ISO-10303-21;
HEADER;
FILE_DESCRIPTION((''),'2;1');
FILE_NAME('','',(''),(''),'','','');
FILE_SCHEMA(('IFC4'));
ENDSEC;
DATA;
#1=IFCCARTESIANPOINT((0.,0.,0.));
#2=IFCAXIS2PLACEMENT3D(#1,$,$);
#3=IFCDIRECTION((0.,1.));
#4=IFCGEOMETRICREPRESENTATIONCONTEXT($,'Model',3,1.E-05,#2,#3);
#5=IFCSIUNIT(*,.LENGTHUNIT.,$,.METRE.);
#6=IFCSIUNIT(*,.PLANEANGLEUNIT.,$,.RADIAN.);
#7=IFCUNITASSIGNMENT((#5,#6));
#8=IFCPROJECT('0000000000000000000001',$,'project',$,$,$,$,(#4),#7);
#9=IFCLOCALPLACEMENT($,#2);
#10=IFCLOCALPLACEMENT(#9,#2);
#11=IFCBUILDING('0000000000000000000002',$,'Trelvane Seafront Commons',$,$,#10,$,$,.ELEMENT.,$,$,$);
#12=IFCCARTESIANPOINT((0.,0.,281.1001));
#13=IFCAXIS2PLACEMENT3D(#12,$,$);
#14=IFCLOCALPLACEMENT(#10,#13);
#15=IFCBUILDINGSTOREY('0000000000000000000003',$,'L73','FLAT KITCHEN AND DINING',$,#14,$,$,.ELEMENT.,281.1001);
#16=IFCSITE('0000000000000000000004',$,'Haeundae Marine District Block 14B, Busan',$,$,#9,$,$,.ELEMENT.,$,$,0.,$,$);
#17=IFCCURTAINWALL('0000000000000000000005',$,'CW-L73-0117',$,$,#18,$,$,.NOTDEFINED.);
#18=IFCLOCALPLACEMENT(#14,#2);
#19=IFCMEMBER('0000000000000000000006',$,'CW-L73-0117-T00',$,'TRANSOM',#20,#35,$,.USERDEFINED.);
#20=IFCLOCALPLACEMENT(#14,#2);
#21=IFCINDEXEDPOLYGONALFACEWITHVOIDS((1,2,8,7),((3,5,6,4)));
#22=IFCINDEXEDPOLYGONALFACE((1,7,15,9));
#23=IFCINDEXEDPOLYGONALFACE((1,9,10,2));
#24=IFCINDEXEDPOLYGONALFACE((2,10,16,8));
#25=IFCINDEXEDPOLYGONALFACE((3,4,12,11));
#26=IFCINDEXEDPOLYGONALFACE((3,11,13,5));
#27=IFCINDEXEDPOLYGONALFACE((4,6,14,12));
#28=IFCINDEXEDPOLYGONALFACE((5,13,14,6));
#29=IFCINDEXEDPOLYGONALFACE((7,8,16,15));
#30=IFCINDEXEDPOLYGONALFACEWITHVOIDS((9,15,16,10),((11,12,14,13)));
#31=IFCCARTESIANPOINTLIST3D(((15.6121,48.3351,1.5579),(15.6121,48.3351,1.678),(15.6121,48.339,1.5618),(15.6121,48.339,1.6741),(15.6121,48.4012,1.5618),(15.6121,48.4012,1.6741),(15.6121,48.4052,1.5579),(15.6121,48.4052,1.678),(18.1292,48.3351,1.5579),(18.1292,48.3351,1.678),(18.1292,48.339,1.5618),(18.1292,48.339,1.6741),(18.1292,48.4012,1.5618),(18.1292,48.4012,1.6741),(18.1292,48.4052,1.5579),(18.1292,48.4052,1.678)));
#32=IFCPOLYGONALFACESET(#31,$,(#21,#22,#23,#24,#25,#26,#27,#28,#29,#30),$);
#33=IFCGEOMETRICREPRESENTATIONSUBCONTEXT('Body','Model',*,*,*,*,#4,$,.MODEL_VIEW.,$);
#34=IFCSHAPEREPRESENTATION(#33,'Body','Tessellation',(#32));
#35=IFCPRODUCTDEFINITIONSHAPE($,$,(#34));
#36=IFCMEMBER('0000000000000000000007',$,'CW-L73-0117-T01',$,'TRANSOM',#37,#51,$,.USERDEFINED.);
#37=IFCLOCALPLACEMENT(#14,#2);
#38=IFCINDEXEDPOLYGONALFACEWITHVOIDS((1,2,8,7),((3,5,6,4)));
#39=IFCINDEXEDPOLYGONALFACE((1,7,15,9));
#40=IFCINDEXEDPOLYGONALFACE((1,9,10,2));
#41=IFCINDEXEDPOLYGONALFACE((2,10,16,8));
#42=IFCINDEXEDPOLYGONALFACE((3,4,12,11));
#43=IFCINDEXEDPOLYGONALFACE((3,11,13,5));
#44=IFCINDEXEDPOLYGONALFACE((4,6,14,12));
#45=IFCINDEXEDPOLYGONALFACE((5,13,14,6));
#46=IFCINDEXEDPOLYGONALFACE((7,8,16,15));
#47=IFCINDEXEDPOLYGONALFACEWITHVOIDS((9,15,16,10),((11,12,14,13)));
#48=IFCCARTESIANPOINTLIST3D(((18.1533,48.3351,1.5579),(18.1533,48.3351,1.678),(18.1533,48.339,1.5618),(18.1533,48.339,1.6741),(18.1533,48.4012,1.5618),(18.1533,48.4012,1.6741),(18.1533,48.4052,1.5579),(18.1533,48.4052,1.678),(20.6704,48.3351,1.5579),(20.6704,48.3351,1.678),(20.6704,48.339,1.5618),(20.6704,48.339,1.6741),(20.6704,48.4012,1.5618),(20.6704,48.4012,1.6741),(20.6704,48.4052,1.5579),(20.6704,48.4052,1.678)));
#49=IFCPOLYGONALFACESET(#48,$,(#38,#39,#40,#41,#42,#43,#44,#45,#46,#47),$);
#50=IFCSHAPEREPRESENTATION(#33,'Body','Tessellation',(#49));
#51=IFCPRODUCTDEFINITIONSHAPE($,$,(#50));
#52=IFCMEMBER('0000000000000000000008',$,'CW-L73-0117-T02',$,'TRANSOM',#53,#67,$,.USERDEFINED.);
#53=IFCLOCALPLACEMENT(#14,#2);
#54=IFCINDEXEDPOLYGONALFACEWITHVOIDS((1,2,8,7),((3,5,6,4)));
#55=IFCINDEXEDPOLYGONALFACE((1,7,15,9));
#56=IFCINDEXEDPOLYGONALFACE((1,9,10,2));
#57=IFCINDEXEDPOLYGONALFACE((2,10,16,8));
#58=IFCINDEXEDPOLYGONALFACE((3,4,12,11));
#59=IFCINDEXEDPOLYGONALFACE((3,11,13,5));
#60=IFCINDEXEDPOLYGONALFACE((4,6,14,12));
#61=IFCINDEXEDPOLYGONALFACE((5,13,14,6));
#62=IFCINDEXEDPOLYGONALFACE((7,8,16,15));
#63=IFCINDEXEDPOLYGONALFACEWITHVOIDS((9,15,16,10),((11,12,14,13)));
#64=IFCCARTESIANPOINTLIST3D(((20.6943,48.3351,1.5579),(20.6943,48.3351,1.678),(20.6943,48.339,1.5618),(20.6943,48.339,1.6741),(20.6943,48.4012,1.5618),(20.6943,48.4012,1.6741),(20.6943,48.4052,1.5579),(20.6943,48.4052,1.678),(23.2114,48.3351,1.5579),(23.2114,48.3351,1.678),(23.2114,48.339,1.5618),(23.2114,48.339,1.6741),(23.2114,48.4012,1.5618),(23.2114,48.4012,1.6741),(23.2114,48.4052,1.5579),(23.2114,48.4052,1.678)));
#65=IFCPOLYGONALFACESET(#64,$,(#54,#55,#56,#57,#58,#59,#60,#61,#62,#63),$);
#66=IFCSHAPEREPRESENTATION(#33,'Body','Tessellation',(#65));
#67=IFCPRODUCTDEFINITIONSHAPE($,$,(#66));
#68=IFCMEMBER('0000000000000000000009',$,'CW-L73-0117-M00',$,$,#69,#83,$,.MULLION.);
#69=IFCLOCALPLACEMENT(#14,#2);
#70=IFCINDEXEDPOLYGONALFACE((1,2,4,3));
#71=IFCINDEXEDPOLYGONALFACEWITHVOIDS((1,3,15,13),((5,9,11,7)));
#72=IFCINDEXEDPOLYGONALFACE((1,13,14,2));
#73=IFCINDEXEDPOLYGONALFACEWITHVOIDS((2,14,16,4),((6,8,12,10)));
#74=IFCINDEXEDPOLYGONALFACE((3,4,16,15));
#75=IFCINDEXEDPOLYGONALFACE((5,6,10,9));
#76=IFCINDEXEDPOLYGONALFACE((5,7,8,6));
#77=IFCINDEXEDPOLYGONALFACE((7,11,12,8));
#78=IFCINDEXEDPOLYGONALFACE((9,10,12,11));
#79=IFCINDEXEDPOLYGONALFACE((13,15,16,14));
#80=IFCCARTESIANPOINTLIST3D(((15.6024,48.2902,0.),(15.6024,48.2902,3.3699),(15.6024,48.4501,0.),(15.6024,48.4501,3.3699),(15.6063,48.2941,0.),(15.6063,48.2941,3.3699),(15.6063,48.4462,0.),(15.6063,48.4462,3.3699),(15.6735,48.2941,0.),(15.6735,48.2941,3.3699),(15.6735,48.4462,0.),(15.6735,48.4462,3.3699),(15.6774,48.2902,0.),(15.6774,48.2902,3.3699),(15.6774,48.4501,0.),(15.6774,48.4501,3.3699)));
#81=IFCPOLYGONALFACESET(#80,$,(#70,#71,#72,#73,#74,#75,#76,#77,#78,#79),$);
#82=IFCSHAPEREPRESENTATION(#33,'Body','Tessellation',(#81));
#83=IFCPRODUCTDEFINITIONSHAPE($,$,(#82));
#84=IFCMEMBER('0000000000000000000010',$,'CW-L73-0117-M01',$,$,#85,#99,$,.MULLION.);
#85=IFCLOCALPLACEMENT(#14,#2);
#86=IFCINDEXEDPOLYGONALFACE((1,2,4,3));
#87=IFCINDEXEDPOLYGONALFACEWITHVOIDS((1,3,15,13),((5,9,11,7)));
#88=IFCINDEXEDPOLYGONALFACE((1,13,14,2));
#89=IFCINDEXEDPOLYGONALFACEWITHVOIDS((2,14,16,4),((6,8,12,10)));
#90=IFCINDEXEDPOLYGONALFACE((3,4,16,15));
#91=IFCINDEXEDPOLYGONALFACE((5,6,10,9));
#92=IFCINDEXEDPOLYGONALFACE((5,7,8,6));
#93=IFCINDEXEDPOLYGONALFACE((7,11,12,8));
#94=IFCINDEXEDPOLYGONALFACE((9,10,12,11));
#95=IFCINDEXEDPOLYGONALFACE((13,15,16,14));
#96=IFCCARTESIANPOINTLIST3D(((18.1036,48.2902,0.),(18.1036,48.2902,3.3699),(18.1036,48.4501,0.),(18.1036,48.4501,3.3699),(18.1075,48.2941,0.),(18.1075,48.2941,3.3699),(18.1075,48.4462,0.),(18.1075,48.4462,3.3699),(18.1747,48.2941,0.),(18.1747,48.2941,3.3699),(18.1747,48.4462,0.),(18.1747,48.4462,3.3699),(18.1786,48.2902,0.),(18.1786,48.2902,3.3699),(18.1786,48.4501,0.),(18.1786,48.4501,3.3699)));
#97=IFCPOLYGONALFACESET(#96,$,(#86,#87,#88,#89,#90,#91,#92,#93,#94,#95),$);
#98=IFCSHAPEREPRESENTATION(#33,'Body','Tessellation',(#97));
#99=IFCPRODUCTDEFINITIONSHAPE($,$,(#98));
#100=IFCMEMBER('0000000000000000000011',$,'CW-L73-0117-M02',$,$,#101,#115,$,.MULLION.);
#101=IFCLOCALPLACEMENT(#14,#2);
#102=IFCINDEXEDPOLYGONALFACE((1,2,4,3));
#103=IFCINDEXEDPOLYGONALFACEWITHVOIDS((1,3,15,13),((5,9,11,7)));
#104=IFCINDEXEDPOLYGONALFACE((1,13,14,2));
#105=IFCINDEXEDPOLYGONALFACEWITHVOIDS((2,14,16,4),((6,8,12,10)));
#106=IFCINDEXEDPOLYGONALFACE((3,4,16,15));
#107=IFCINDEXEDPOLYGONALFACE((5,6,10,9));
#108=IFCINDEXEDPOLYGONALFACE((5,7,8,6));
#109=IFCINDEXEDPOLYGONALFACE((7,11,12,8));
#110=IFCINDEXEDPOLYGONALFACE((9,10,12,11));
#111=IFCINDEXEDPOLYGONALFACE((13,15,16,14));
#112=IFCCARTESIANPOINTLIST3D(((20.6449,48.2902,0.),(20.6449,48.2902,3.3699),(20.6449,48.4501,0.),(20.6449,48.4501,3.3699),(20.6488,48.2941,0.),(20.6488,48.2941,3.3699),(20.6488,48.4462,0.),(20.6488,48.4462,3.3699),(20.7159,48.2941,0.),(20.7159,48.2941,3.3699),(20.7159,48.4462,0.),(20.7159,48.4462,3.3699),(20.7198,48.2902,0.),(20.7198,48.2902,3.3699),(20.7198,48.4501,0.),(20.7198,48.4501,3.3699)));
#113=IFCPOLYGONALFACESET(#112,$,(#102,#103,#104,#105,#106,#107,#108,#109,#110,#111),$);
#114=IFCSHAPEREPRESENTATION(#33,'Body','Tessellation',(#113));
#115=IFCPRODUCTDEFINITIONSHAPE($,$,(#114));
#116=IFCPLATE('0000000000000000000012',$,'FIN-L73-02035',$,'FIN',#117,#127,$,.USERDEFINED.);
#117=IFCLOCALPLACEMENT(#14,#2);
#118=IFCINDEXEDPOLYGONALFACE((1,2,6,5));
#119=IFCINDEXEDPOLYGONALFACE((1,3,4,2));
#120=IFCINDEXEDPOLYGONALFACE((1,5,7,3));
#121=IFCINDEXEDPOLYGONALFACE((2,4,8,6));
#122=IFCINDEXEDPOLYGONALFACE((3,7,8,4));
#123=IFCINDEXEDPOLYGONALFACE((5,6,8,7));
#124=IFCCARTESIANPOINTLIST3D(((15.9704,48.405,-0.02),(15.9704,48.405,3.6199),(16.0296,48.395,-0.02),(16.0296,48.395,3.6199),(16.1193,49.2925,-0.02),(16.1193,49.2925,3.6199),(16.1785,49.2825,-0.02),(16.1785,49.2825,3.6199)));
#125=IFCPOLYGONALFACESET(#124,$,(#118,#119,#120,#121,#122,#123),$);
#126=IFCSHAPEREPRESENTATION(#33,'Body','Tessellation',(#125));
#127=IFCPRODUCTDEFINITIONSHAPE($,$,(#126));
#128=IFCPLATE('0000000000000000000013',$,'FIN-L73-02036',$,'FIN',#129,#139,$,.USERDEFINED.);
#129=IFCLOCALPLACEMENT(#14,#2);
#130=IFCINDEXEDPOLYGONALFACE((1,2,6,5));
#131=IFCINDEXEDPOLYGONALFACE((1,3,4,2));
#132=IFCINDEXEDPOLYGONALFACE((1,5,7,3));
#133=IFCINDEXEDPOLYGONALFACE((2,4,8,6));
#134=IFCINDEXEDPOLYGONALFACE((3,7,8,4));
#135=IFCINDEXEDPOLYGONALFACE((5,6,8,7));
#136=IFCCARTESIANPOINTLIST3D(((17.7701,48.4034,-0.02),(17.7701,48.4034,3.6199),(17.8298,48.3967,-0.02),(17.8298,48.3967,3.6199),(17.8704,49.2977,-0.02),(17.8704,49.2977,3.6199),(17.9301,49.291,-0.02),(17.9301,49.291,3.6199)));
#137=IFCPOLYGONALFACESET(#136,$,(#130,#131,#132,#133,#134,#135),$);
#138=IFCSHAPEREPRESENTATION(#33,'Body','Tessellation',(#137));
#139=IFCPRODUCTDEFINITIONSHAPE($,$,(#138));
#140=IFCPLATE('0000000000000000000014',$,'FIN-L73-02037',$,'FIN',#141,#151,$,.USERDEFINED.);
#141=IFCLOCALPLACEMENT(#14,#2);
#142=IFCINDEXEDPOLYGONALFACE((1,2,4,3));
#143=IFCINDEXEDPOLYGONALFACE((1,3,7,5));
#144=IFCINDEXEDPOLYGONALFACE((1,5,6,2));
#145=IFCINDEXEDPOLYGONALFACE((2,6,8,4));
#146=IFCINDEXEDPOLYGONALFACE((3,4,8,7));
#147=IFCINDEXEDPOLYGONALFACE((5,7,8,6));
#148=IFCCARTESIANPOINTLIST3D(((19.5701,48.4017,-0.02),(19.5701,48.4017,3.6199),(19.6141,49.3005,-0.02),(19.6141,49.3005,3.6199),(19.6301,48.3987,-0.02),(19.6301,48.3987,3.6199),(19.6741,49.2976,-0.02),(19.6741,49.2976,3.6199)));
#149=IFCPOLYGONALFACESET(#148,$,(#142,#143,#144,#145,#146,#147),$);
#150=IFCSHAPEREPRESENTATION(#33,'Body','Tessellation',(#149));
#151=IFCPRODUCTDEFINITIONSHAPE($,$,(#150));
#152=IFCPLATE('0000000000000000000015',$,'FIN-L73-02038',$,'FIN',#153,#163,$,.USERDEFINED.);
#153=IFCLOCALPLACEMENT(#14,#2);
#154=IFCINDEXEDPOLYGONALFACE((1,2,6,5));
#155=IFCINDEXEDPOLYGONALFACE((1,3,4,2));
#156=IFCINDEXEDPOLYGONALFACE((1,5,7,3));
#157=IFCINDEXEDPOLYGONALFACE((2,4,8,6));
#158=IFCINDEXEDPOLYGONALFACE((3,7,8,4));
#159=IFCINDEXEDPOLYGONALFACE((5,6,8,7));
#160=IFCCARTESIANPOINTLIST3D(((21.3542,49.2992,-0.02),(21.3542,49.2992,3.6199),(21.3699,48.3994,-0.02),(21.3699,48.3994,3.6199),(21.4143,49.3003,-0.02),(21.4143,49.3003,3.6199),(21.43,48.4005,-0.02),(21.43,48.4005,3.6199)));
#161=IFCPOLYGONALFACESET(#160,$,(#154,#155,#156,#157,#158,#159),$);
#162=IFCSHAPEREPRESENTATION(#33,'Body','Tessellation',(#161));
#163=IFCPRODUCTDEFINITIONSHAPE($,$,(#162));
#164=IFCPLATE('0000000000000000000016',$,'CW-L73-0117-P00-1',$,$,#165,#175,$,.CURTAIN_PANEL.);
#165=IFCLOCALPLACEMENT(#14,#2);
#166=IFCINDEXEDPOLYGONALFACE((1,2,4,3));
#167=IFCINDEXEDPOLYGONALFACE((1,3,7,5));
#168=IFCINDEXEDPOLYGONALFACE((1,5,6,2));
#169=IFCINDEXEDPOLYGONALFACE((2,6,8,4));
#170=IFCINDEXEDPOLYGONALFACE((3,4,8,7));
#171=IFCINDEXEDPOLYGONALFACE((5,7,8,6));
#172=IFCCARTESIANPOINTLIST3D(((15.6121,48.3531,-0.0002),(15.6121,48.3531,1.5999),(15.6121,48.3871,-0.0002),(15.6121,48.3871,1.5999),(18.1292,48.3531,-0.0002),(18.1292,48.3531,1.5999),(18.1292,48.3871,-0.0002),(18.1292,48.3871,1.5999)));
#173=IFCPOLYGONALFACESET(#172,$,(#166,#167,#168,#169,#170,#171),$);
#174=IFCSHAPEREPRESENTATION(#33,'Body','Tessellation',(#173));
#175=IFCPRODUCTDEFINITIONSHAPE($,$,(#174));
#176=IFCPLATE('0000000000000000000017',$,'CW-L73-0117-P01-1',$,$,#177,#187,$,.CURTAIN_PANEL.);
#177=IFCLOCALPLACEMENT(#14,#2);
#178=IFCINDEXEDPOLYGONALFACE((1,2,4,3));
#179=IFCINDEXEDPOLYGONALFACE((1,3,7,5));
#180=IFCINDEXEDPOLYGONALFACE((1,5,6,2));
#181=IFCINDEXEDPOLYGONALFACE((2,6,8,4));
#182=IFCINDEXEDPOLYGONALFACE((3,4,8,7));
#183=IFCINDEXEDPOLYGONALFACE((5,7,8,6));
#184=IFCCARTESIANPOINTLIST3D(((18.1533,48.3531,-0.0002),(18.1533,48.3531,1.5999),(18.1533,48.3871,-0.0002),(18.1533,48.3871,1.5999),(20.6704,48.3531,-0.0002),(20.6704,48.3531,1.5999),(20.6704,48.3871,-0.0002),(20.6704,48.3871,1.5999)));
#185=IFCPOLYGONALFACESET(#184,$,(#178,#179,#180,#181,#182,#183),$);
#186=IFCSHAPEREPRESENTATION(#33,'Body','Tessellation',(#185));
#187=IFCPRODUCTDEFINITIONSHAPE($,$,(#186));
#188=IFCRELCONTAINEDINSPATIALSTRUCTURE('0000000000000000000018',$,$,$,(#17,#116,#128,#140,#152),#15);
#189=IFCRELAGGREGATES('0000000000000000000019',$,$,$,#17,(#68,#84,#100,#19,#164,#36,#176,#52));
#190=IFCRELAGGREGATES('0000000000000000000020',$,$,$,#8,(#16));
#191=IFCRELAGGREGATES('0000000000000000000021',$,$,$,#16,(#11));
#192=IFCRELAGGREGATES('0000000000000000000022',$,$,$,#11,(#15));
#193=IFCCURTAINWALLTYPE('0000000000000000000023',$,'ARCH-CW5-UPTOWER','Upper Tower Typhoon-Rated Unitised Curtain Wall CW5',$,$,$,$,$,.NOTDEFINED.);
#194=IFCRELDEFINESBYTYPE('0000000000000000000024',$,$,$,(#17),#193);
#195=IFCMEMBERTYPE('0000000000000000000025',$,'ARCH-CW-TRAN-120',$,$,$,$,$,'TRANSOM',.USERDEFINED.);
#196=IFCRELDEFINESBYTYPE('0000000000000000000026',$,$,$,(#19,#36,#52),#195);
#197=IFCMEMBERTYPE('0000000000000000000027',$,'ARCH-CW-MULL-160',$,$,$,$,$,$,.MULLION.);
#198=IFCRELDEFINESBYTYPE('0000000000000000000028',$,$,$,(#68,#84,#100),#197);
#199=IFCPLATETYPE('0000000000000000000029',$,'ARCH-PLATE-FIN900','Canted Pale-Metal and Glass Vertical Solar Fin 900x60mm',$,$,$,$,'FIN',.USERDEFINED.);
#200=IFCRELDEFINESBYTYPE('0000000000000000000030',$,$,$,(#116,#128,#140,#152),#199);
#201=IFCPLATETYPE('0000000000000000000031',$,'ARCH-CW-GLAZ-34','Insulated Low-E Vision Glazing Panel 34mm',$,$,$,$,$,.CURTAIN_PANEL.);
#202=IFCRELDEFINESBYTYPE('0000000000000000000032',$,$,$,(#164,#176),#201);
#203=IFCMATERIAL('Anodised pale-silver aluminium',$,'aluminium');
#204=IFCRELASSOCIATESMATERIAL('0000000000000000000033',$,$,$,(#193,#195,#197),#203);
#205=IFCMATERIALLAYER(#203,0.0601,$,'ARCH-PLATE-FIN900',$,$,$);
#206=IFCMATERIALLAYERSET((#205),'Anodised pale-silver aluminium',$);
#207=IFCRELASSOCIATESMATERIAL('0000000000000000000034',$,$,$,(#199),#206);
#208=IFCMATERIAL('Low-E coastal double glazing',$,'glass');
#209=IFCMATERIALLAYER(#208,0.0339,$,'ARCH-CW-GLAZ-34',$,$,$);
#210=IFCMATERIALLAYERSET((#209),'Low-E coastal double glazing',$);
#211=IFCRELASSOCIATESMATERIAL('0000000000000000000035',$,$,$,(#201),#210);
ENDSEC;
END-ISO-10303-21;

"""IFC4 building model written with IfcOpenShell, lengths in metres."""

from ifc_helpers import new_model, si_unit, direction, frame, origin, origin_2d, place, context, subcontext, project, spatial, rectangle, hollow_rectangle, extrude, source, transform, mapped, material, layer, layer_set, material_profile, profile_set, type_object, element, aggregate, save


model = new_model("IFC4")

# Units and contexts
model_context = context("Model", 3, precision=1e-05, world=origin(), true_north=direction((0.0, 1.0)))
body_context = subcontext(model_context, "Body", "Model", "MODEL_VIEW")
ifc_project = project(units=[si_unit("LENGTHUNIT", "METRE"), si_unit("PLANEANGLEUNIT", "RADIAN")], contexts=[model_context])

# Site, building, storey
site_placement = place(None, origin())
site = spatial("IfcSite", under=ifc_project, at=site_placement, Name="Haeundae Marine District Block 14B, Busan", CompositionType="ELEMENT", RefElevation=0.0)
building_placement = place(site_placement, origin())
building = spatial("IfcBuilding", under=site, at=building_placement, Name="Trelvane Seafront Commons", CompositionType="ELEMENT")
storey_placement = place(building_placement, frame((0.0, 0.0, 281.1001)))
storey = spatial("IfcBuildingStorey", under=building, at=storey_placement, Name="L73", Description="FLAT KITCHEN AND DINING", CompositionType="ELEMENT", Elevation=281.1001)

# Curtain wall, members
ifc_material_1 = material(Name="Anodised pale-silver aluminium", Category="aluminium")
curtain_wall_type = type_object("IfcCurtainWallType", Name="ARCH-CW5-UPTOWER", Description="Upper Tower Typhoon-Rated Unitised Curtain Wall CW5", PredefinedType="NOTDEFINED", material=ifc_material_1)
curtain_wall_placement = place(storey_placement, origin())
curtain_wall = element("IfcCurtainWall", 1, at=curtain_wall_placement, inside=storey, type_object=curtain_wall_type, Name="CW-L73-0117", PredefinedType="NOTDEFINED")
ifc_material_profile_1 = material_profile(ifc_material_1, hollow_rectangle(XDim=0.0701, YDim=0.1201, WallThickness=0.0039, at=origin_2d()), Name="TRAN-70x120x4")
ifc_profile_set_1 = profile_set([ifc_material_profile_1], Name="Anodised pale-silver aluminium")
member_type_1 = type_object("IfcMemberType", Name="ARCH-CW-TRAN-120", ElementType="TRANSOM", PredefinedType="USERDEFINED", material=ifc_profile_set_1)
shared_shape_1 = source(origin(), body_context, "Body", "SweptSolid", [
    extrude(hollow_rectangle(XDim=0.0701, YDim=0.1201, WallThickness=0.0039, at=origin_2d()), origin(), (0.0, 0.0, 1.0), 2.5171),
])
member_1_placement = place(storey_placement, frame((15.6121, 48.3701, 1.6179), z_axis=(1.0, 0.0, 0.0), x_axis=(0.0, 1.0, 0.0)))
member_1 = element("IfcMember", 2, at=member_1_placement, type_object=member_type_1, Name="CW-L73-0117-T00", ObjectType="TRANSOM", PredefinedType="USERDEFINED", context=body_context, shape_type="MappedRepresentation", body=[
    mapped(shared_shape_1, transform((0.0, 0.0, 0.0), x_axis=(1.0, 0.0, 0.0), y_axis=(0.0, 1.0, 0.0), z_axis=(0.0, 0.0, 1.0), scale=1.0)),
])
member_2_placement = place(storey_placement, frame((18.1533, 48.3701, 1.6179), z_axis=(1.0, 0.0, 0.0), x_axis=(0.0, 1.0, 0.0)))
member_2 = element("IfcMember", 3, at=member_2_placement, type_object=member_type_1, Name="CW-L73-0117-T01", ObjectType="TRANSOM", PredefinedType="USERDEFINED", context=body_context, shape_type="MappedRepresentation", body=[
    mapped(shared_shape_1, transform((0.0, 0.0, 0.0), x_axis=(1.0, 0.0, 0.0), y_axis=(0.0, 1.0, 0.0), z_axis=(0.0, 0.0, 1.0), scale=1.0)),
])
member_3_placement = place(storey_placement, frame((20.6943, 48.3701, 1.6179), z_axis=(1.0, 0.0, 0.0), x_axis=(0.0, 1.0, 0.0)))
member_3 = element("IfcMember", 4, at=member_3_placement, type_object=member_type_1, Name="CW-L73-0117-T02", ObjectType="TRANSOM", PredefinedType="USERDEFINED", context=body_context, shape_type="MappedRepresentation", body=[
    mapped(shared_shape_1, transform((0.0, 0.0, 0.0), x_axis=(1.0, 0.0, 0.0), y_axis=(0.0, 1.0, 0.0), z_axis=(0.0, 0.0, 1.0), scale=1.0)),
])
ifc_material_profile_2 = material_profile(ifc_material_1, hollow_rectangle(XDim=0.075, YDim=0.1599, WallThickness=0.0039, at=origin_2d()), Name="MULL-75x160x4")
ifc_profile_set_2 = profile_set([ifc_material_profile_2], Name="Anodised pale-silver aluminium")
member_type_2 = type_object("IfcMemberType", Name="ARCH-CW-MULL-160", PredefinedType="MULLION", material=ifc_profile_set_2)
shared_shape_2 = source(origin(), body_context, "Body", "SweptSolid", [
    extrude(hollow_rectangle(XDim=0.075, YDim=0.1599, WallThickness=0.0039, at=origin_2d()), origin(), (0.0, 0.0, 1.0), 3.3699),
])
member_4_placement = place(storey_placement, frame((15.6399, 48.3701, 0.0), z_axis=(0.0, 0.0, 1.0), x_axis=(1.0, 0.0, 0.0)))
member_4 = element("IfcMember", 5, at=member_4_placement, type_object=member_type_2, Name="CW-L73-0117-M00", PredefinedType="MULLION", context=body_context, shape_type="MappedRepresentation", body=[
    mapped(shared_shape_2, transform((0.0, 0.0, 0.0), x_axis=(1.0, 0.0, 0.0), y_axis=(0.0, 1.0, 0.0), z_axis=(0.0, 0.0, 1.0), scale=1.0)),
])
member_5_placement = place(storey_placement, frame((18.1411, 48.3701, 0.0), z_axis=(0.0, 0.0, 1.0), x_axis=(1.0, 0.0, 0.0)))
member_5 = element("IfcMember", 6, at=member_5_placement, type_object=member_type_2, Name="CW-L73-0117-M01", PredefinedType="MULLION", context=body_context, shape_type="MappedRepresentation", body=[
    mapped(shared_shape_2, transform((0.0, 0.0, 0.0), x_axis=(1.0, 0.0, 0.0), y_axis=(0.0, 1.0, 0.0), z_axis=(0.0, 0.0, 1.0), scale=1.0)),
])
member_6_placement = place(storey_placement, frame((20.6824, 48.3701, 0.0), z_axis=(0.0, 0.0, 1.0), x_axis=(1.0, 0.0, 0.0)))
member_6 = element("IfcMember", 7, at=member_6_placement, type_object=member_type_2, Name="CW-L73-0117-M02", PredefinedType="MULLION", context=body_context, shape_type="MappedRepresentation", body=[
    mapped(shared_shape_2, transform((0.0, 0.0, 0.0), x_axis=(1.0, 0.0, 0.0), y_axis=(0.0, 1.0, 0.0), z_axis=(0.0, 0.0, 1.0), scale=1.0)),
])

# Plates
ifc_layer_1 = layer(ifc_material_1, 0.0601, Name="ARCH-PLATE-FIN900")
ifc_layer_set_1 = layer_set([ifc_layer_1], Name="Anodised pale-silver aluminium")
plate_type_1 = type_object("IfcPlateType", Name="ARCH-PLATE-FIN900", Description="Canted Pale-Metal and Glass Vertical Solar Fin 900x60mm", ElementType="FIN", PredefinedType="USERDEFINED", material=ifc_layer_set_1)
shared_shape_3 = source(origin(), body_context, "Body", "SweptSolid", [
    extrude(rectangle(XDim=0.8999, YDim=0.0601, at=origin_2d()), origin(), (0.0, 0.0, 1.0), 3.6399),
])
for number, where, z_axis, x_axis, name in (
    (8, (16.0745, 48.8438, -0.02), (0.0, 0.0, 1.0), (0.165444, 0.986219, 0.0), "FIN-L73-02035"),
    (9, (17.8501, 48.8472, -0.02), (0.0, 0.0, 1.0), (0.111443, 0.993771, 0.0), "FIN-L73-02036"),
    (10, (19.6221, 48.8496, -0.02), (0.0, 0.0, 1.0), (0.04889, 0.998804, 0.0), "FIN-L73-02037"),
    (11, (21.3921, 48.8499, -0.02), (0.0, 0.0, 1.0), (-0.017444, 0.999848, 0.0), "FIN-L73-02038"),
):
    element("IfcPlate", number, at=place(storey_placement, frame(where, z_axis=z_axis, x_axis=x_axis)), inside=storey, type_object=plate_type_1, Name=name, ObjectType="FIN", PredefinedType="USERDEFINED", context=body_context, shape_type="MappedRepresentation", body=[
        mapped(shared_shape_3, transform((0.0, 0.0, 0.0), x_axis=(1.0, 0.0, 0.0), y_axis=(0.0, 1.0, 0.0), z_axis=(0.0, 0.0, 1.0), scale=1.0)),
    ])

# Plates
ifc_material_2 = material(Name="Low-E coastal double glazing", Category="glass")
ifc_layer_2 = layer(ifc_material_2, 0.0339, Name="ARCH-CW-GLAZ-34")
ifc_layer_set_2 = layer_set([ifc_layer_2], Name="Low-E coastal double glazing")
plate_type_2 = type_object("IfcPlateType", Name="ARCH-CW-GLAZ-34", Description="Insulated Low-E Vision Glazing Panel 34mm", PredefinedType="CURTAIN_PANEL", material=ifc_layer_set_2)
shared_shape_4 = source(origin(), body_context, "Body", "SweptSolid", [
    extrude(rectangle(XDim=2.5171, YDim=0.0339, at=origin_2d()), origin(), (0.0, 0.0, 1.0), 1.6001),
])
plate_1_placement = place(storey_placement, frame((16.8706, 48.3701, -0.0002), z_axis=(0.0, 0.0, 1.0), x_axis=(1.0, 0.0, 0.0)))
plate_1 = element("IfcPlate", 12, at=plate_1_placement, type_object=plate_type_2, Name="CW-L73-0117-P00-1", PredefinedType="CURTAIN_PANEL", context=body_context, shape_type="MappedRepresentation", body=[
    mapped(shared_shape_4, transform((0.0, 0.0, 0.0), x_axis=(1.0, 0.0, 0.0), y_axis=(0.0, 1.0, 0.0), z_axis=(0.0, 0.0, 1.0), scale=1.0)),
])
plate_2_placement = place(storey_placement, frame((19.4119, 48.3701, -0.0002), z_axis=(0.0, 0.0, 1.0), x_axis=(1.0, 0.0, 0.0)))
plate_2 = element("IfcPlate", 13, at=plate_2_placement, type_object=plate_type_2, Name="CW-L73-0117-P01-1", PredefinedType="CURTAIN_PANEL", context=body_context, shape_type="MappedRepresentation", body=[
    mapped(shared_shape_4, transform((0.0, 0.0, 0.0), x_axis=(1.0, 0.0, 0.0), y_axis=(0.0, 1.0, 0.0), z_axis=(0.0, 0.0, 1.0), scale=1.0)),
])
aggregate(curtain_wall, [member_4, member_5, member_6, member_1, plate_1, member_2, plate_2, member_3])

save(model, "model.ifc")
